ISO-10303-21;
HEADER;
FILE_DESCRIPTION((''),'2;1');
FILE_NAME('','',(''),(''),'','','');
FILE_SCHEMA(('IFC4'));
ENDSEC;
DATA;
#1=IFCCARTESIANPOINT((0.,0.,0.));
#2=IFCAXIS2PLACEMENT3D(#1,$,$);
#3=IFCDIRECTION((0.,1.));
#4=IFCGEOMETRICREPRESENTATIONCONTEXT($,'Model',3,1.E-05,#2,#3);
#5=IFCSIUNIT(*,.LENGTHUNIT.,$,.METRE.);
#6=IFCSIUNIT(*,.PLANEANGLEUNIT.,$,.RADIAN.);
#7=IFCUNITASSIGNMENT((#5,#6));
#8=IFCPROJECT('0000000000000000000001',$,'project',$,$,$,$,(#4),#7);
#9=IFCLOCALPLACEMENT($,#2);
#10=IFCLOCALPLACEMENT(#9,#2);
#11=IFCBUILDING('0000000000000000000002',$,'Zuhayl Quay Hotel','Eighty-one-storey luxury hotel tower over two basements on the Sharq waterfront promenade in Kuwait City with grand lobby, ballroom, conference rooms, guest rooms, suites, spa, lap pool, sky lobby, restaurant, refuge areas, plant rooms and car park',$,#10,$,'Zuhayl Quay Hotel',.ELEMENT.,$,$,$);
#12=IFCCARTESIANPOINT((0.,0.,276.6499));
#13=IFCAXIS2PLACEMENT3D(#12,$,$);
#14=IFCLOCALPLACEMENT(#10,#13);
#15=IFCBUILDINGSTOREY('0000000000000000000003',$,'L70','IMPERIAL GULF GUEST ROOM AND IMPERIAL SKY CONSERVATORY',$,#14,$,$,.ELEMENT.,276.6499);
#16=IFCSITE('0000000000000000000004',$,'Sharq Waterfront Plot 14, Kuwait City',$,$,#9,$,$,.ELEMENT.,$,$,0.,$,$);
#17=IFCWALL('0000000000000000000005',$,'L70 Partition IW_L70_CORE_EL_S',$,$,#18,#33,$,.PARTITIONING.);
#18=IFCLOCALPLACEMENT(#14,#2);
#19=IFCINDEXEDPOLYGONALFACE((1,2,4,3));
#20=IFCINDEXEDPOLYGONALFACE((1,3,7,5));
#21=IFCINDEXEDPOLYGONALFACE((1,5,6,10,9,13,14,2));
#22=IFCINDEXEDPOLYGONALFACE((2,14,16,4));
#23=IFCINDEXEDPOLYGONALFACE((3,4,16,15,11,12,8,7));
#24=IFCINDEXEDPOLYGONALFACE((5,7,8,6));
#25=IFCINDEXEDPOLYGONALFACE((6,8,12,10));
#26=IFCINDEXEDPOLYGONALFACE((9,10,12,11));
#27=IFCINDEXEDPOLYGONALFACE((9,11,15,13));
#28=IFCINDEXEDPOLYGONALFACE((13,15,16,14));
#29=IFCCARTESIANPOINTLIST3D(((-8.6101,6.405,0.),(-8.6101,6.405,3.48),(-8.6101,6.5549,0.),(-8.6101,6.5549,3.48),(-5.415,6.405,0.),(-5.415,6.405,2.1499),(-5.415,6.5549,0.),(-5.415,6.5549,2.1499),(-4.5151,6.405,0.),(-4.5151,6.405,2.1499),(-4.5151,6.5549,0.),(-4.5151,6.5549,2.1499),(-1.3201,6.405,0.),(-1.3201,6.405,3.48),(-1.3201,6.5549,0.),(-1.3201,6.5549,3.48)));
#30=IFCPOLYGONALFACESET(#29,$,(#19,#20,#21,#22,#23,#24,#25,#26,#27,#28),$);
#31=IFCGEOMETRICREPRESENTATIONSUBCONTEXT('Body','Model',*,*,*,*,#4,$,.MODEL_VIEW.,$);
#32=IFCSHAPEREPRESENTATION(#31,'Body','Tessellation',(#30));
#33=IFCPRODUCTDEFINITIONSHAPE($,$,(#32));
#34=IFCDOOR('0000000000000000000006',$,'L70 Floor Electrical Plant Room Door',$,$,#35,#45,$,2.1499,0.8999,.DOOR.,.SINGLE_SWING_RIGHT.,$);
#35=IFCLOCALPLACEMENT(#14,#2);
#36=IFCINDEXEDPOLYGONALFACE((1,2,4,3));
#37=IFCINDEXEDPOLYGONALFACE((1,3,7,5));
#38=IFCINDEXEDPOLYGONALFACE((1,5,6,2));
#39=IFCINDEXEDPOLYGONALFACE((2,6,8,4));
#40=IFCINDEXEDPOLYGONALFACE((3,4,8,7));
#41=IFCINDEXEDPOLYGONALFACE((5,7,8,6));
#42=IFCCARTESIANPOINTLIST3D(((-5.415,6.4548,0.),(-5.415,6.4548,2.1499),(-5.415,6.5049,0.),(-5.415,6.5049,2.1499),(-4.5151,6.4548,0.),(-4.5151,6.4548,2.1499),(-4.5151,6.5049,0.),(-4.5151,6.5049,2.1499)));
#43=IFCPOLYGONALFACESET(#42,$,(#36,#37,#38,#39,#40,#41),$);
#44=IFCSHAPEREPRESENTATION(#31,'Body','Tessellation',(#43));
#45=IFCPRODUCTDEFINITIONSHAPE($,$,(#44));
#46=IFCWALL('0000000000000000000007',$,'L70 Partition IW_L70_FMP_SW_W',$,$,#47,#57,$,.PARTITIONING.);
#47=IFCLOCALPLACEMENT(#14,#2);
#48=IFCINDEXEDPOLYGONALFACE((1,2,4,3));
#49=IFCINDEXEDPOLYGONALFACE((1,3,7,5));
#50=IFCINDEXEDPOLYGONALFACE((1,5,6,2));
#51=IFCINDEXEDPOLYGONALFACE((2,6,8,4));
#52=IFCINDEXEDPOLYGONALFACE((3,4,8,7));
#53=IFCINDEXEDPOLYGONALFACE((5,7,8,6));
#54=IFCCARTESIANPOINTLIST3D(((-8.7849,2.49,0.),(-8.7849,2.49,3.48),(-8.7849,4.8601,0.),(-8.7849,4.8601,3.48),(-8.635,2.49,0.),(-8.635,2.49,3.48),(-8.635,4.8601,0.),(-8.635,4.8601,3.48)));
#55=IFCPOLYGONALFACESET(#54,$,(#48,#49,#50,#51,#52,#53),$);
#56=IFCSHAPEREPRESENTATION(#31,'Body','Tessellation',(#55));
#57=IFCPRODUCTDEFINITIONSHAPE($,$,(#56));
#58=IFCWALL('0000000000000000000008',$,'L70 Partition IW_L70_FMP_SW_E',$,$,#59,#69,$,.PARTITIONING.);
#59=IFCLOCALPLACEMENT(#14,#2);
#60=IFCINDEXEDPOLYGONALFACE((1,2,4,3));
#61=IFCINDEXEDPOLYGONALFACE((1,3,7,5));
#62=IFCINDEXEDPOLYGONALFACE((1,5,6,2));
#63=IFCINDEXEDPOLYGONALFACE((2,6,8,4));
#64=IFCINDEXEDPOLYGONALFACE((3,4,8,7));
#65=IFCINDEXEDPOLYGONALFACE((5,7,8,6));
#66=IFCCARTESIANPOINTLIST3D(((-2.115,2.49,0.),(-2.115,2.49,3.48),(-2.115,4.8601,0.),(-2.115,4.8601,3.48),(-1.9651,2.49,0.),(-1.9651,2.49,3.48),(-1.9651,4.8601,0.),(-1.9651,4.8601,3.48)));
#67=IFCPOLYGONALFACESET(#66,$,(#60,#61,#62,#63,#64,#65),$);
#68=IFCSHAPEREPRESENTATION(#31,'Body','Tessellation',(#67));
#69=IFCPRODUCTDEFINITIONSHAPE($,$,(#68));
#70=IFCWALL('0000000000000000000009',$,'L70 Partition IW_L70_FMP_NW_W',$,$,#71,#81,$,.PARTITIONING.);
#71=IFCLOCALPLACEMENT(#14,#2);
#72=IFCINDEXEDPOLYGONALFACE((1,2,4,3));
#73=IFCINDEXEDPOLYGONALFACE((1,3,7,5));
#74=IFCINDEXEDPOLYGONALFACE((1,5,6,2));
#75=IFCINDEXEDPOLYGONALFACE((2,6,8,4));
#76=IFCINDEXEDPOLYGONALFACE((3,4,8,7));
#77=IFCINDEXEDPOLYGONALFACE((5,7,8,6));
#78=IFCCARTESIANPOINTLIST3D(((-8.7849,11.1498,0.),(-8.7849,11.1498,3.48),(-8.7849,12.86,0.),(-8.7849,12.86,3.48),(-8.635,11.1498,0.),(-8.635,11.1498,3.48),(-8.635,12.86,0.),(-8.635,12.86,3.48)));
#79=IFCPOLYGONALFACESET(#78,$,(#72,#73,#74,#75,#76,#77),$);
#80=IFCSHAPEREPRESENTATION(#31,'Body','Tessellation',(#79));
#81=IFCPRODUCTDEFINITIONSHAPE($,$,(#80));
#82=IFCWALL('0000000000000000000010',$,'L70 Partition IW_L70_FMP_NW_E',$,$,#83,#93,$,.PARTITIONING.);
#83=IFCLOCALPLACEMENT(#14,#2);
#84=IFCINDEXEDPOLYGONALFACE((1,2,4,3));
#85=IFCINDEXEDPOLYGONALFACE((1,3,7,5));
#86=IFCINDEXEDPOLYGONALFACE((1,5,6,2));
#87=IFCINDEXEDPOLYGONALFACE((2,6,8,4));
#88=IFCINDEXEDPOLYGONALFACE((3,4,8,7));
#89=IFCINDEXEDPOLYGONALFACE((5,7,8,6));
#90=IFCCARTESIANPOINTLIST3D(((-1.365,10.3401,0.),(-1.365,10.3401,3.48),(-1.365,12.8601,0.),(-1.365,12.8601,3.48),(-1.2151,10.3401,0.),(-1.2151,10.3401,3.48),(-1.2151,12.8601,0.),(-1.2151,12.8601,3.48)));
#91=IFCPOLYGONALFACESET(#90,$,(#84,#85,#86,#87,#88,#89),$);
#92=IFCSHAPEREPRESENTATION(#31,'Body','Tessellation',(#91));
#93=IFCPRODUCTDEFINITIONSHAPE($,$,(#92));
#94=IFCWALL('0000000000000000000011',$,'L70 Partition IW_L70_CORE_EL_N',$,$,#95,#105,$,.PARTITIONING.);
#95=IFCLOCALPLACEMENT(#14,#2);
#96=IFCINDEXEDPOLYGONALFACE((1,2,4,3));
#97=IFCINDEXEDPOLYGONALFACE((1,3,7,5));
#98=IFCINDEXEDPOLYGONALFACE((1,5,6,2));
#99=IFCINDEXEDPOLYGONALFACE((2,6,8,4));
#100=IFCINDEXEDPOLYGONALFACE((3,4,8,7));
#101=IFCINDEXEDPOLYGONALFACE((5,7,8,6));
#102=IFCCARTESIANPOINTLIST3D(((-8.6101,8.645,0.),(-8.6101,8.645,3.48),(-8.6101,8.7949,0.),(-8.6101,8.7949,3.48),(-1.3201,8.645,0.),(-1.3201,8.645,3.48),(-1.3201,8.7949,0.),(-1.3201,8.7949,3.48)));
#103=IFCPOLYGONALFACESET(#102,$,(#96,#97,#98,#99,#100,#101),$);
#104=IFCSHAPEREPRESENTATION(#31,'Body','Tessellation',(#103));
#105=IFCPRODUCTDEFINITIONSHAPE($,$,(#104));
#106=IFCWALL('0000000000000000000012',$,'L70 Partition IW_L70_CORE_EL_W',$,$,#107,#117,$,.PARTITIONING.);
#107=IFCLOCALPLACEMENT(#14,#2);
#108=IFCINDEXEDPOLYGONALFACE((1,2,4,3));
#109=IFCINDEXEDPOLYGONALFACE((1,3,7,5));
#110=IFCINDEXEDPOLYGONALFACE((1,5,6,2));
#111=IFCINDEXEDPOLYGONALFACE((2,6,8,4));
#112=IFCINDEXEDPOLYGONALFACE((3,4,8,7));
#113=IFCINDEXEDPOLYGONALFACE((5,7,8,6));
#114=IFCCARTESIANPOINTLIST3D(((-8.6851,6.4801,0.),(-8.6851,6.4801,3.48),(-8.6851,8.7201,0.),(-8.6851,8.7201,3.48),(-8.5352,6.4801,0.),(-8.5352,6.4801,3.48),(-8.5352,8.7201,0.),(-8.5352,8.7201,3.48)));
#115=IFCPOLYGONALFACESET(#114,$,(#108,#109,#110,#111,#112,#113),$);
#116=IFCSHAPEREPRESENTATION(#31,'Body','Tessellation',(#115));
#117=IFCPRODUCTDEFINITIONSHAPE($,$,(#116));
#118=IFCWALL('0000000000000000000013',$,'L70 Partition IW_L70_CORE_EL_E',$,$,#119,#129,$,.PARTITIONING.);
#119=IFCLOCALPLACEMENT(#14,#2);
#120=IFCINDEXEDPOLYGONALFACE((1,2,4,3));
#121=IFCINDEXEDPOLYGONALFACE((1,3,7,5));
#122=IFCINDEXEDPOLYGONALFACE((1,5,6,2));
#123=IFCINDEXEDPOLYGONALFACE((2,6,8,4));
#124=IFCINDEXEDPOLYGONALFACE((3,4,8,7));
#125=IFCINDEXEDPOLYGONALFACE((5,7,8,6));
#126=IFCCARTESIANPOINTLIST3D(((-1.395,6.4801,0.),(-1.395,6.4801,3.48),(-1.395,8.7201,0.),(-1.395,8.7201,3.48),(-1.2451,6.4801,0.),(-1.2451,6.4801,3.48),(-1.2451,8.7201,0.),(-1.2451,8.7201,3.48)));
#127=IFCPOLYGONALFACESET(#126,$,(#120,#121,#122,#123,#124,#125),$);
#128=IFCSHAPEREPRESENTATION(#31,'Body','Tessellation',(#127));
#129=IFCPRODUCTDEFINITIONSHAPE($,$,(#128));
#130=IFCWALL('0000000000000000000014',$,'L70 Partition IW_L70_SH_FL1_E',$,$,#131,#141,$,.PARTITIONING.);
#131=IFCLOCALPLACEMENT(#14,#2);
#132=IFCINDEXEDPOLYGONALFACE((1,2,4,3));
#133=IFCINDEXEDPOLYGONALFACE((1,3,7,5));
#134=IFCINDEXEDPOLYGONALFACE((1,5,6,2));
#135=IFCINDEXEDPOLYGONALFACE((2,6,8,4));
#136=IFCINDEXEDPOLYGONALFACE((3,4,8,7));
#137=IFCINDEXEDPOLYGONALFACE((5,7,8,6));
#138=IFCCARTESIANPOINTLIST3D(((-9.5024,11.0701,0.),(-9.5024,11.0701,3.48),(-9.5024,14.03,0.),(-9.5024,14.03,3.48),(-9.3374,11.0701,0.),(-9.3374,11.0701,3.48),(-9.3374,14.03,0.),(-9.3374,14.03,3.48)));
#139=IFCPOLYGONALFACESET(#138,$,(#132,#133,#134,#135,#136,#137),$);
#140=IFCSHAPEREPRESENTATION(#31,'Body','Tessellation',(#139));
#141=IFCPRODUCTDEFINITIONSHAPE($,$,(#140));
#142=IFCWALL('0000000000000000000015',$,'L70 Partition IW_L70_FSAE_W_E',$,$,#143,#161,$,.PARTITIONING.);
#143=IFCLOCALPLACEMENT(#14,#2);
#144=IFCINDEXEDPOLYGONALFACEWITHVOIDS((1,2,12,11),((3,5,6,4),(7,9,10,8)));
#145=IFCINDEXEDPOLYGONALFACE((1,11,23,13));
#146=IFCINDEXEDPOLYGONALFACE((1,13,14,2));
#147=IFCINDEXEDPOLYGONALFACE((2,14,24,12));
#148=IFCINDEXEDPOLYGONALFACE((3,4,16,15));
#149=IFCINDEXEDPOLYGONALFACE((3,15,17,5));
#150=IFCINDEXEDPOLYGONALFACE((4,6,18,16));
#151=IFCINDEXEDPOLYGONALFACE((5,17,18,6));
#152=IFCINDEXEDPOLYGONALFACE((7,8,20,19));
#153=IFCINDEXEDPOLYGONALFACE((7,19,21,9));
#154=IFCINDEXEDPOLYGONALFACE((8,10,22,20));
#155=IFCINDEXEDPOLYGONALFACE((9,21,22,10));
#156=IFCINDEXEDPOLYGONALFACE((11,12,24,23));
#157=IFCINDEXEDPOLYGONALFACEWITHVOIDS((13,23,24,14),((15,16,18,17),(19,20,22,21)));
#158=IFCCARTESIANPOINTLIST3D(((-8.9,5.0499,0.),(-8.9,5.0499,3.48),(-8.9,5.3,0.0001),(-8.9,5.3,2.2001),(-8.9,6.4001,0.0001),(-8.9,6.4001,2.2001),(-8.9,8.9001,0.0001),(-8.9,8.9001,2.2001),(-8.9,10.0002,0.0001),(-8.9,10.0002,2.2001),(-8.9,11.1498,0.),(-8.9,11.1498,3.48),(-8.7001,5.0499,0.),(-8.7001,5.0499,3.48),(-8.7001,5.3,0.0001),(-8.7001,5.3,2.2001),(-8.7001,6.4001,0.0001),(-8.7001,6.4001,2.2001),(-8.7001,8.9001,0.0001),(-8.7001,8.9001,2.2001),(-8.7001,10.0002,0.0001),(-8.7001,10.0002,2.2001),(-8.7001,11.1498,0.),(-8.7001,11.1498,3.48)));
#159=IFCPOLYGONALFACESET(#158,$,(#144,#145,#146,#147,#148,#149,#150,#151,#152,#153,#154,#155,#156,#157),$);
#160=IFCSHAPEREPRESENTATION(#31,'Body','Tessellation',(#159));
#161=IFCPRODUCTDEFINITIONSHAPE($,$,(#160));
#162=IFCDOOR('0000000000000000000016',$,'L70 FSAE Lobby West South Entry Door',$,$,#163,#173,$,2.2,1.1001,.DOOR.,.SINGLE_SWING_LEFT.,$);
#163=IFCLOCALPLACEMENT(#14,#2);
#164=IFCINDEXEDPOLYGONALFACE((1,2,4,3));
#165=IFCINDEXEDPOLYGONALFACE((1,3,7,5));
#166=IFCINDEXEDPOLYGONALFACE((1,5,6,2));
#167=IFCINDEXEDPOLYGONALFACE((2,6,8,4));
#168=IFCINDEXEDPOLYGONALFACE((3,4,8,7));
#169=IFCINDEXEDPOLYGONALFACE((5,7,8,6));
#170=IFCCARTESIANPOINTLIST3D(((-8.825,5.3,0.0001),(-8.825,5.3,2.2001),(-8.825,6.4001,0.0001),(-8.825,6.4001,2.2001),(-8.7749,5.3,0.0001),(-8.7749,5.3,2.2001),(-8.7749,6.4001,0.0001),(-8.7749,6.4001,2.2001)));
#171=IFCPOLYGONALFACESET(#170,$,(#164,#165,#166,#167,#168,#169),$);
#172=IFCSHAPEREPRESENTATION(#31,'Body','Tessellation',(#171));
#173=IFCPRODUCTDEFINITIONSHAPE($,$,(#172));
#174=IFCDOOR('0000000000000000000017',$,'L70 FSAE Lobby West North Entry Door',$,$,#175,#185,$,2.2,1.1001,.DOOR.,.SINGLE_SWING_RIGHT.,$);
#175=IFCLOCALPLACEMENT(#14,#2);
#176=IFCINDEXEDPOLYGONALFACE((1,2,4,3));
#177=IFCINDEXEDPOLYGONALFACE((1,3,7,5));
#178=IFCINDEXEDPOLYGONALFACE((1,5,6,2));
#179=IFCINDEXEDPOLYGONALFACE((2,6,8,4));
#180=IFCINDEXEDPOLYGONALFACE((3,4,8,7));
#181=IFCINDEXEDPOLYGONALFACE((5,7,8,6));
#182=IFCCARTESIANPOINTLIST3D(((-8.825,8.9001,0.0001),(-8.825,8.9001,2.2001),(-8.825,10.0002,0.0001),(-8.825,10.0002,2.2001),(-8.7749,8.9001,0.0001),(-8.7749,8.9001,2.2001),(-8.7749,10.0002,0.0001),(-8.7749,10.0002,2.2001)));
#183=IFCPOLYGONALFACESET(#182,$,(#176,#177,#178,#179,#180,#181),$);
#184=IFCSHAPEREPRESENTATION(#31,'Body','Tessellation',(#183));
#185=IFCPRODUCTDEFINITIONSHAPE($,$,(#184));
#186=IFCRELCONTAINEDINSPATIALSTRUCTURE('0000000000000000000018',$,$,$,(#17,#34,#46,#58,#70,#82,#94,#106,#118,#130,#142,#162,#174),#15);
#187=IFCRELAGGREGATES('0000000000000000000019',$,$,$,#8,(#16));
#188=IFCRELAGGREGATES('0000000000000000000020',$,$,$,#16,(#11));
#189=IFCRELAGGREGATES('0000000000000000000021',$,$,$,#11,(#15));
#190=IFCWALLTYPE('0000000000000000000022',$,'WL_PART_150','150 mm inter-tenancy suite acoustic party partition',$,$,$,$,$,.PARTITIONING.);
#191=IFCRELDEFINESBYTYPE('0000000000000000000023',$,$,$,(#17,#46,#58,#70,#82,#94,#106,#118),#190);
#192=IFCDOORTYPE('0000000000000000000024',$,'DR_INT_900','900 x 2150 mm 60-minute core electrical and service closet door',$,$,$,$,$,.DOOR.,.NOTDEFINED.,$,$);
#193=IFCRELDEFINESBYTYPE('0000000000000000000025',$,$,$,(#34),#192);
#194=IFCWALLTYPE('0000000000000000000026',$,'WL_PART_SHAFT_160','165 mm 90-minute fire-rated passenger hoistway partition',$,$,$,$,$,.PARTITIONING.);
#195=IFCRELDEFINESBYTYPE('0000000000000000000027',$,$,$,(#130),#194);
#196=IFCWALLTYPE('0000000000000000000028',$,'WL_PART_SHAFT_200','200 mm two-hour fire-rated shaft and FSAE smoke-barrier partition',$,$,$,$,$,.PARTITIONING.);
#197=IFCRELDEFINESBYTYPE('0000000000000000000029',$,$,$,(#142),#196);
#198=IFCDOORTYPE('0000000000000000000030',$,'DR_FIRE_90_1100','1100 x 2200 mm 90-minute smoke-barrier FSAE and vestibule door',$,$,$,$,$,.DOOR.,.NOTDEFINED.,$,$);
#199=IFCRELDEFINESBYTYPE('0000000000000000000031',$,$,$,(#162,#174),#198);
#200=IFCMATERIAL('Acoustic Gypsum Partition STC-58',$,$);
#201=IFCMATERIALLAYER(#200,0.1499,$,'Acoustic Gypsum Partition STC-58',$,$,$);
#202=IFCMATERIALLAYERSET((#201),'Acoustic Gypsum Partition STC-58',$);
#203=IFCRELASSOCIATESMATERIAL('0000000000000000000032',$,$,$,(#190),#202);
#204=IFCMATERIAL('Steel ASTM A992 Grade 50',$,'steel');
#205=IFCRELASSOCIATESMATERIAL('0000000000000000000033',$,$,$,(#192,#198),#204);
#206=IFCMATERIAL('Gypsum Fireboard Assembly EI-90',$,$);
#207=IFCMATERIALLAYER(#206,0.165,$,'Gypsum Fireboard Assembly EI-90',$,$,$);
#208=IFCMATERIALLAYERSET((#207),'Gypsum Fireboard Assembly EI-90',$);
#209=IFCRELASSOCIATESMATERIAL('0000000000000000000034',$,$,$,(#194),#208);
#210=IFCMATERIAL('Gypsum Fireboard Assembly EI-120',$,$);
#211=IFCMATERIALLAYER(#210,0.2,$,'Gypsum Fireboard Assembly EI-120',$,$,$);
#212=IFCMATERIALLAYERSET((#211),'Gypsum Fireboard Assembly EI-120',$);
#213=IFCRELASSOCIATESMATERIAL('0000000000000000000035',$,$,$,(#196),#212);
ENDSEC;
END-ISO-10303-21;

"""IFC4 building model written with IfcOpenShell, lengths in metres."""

from ifc_helpers import new_model, si_unit, direction, frame, frame_2d, origin, place, context, subcontext, project, spatial, rectangle, extrude, material, layer, layer_set, type_object, element, fill, save


model = new_model("IFC4")

# Units and contexts
model_context = context("Model", 3, precision=1e-05, world=origin(), true_north=direction((0.0, 1.0)))
body_context = subcontext(model_context, "Body", "Model", "MODEL_VIEW")
ifc_project = project(units=[si_unit("LENGTHUNIT", "METRE"), si_unit("PLANEANGLEUNIT", "RADIAN")], contexts=[model_context])

# Site, building, storey
site_placement = place(None, origin())
site = spatial("IfcSite", under=ifc_project, at=site_placement, Name="Sharq Waterfront Plot 14, Kuwait City", CompositionType="ELEMENT", RefElevation=0.0)
building_placement = place(site_placement, origin())
building = spatial("IfcBuilding", under=site, at=building_placement, Name="Zuhayl Quay Hotel", Description="Eighty-one-storey luxury hotel tower over two basements on the Sharq waterfront promenade in Kuwait City with grand lobby, ballroom, conference rooms, guest rooms, suites, spa, lap pool, sky lobby, restaurant, refuge areas, plant rooms and car park", LongName="Zuhayl Quay Hotel", CompositionType="ELEMENT")
storey_placement = place(building_placement, frame((0.0, 0.0, 276.6499)))
storey = spatial("IfcBuildingStorey", under=building, at=storey_placement, Name="L70", Description="IMPERIAL GULF GUEST ROOM AND IMPERIAL SKY CONSERVATORY", CompositionType="ELEMENT", Elevation=276.6499)

# Wall, opening, door
ifc_material_1 = material(Name="Acoustic Gypsum Partition STC-58")
ifc_layer_1 = layer(ifc_material_1, 0.1499, Name="Acoustic Gypsum Partition STC-58")
ifc_layer_set_1 = layer_set([ifc_layer_1], Name="Acoustic Gypsum Partition STC-58")
wall_type_1 = type_object("IfcWallType", Name="WL_PART_150", Description="150 mm inter-tenancy suite acoustic party partition", PredefinedType="PARTITIONING", material=ifc_layer_set_1)
ifc_material_2 = material(Name="Steel ASTM A992 Grade 50", Category="steel")
door_type_1 = type_object("IfcDoorType", Name="DR_INT_900", Description="900 x 2150 mm 60-minute core electrical and service closet door", OperationType="NOTDEFINED", PredefinedType="DOOR", material=ifc_material_2)
wall_1_placement = place(storey_placement, frame((-8.6101, 6.48, 0.0), z_axis=(0.0, 0.0, 1.0), x_axis=(1.0, 0.0, 0.0)))
wall_1 = element("IfcWall", 1, at=wall_1_placement, inside=storey, type_object=wall_type_1, Name="L70 Partition IW_L70_CORE_EL_S", PredefinedType="PARTITIONING", context=body_context, shape_type="SweptSolid", body=[
    extrude(rectangle(XDim=7.29, YDim=0.1499, at=frame_2d((3.645, 0.0))), origin(), (0.0, 0.0, 1.0), 3.48),
])
opening_1_placement = place(wall_1_placement, frame((3.1951, 0.0, 0.0)))
opening_1 = element("IfcOpeningElement", 2, at=opening_1_placement, cuts=wall_1, PredefinedType="OPENING", context=body_context, shape_type="SweptSolid", body=[
    extrude(rectangle(XDim=0.8999, YDim=2.1499, at=frame_2d((0.45, 1.075))), frame((0.0, 0.085, 0.0), z_axis=(0.0, -1.0, 0.0), x_axis=(1.0, 0.0, 0.0)), (0.0, 0.0, 1.0), 0.1699),
])
door_1_placement = place(opening_1_placement, origin())
door_1 = element("IfcDoor", 3, at=door_1_placement, inside=storey, type_object=door_type_1, Name="L70 Floor Electrical Plant Room Door", OperationType="SINGLE_SWING_RIGHT", OverallHeight=2.1499, OverallWidth=0.8999, PredefinedType="DOOR", context=body_context, shape_type="SweptSolid", body=[
    extrude(rectangle(XDim=0.8999, YDim=2.1499, at=frame_2d((0.45, 1.075))), frame((0.0, 0.0249, 0.0), z_axis=(0.0, -1.0, 0.0), x_axis=(1.0, 0.0, 0.0)), (0.0, 0.0, 1.0), 0.05),
])
fill(opening_1, door_1)

# Walls
for number, where, z_axis, x_axis, name in (
    (4, (-8.71, 2.49, 0.0), (0.0, 0.0, 1.0), (0.0, 1.0, 0.0), "L70 Partition IW_L70_FMP_SW_W"),
    (5, (-2.04, 2.49, 0.0), (0.0, 0.0, 1.0), (0.0, 1.0, 0.0), "L70 Partition IW_L70_FMP_SW_E"),
):
    element("IfcWall", number, at=place(storey_placement, frame(where, z_axis=z_axis, x_axis=x_axis)), inside=storey, type_object=wall_type_1, Name=name, PredefinedType="PARTITIONING", context=body_context, shape_type="SweptSolid", body=[
        extrude(rectangle(XDim=2.3701, YDim=0.1499, at=frame_2d((1.1851, 0.0))), origin(), (0.0, 0.0, 1.0), 3.48),
    ])
wall_2_placement = place(storey_placement, frame((-8.71, 11.1499, 0.0), z_axis=(0.0, 0.0, 1.0), x_axis=(0.0, 1.0, 0.0)))
element("IfcWall", 6, at=wall_2_placement, inside=storey, type_object=wall_type_1, Name="L70 Partition IW_L70_FMP_NW_W", PredefinedType="PARTITIONING", context=body_context, shape_type="SweptSolid", body=[
    extrude(rectangle(XDim=1.7102, YDim=0.1499, at=frame_2d((0.855, 0.0))), origin(), (0.0, 0.0, 1.0), 3.48),
])
wall_3_placement = place(storey_placement, frame((-1.29, 10.3401, 0.0), z_axis=(0.0, 0.0, 1.0), x_axis=(0.0, 1.0, 0.0)))
element("IfcWall", 7, at=wall_3_placement, inside=storey, type_object=wall_type_1, Name="L70 Partition IW_L70_FMP_NW_E", PredefinedType="PARTITIONING", context=body_context, shape_type="SweptSolid", body=[
    extrude(rectangle(XDim=2.52, YDim=0.1499, at=frame_2d((1.26, 0.0))), origin(), (0.0, 0.0, 1.0), 3.48),
])
wall_4_placement = place(storey_placement, frame((-8.6101, 8.72, 0.0), z_axis=(0.0, 0.0, 1.0), x_axis=(1.0, 0.0, 0.0)))
element("IfcWall", 8, at=wall_4_placement, inside=storey, type_object=wall_type_1, Name="L70 Partition IW_L70_CORE_EL_N", PredefinedType="PARTITIONING", context=body_context, shape_type="SweptSolid", body=[
    extrude(rectangle(XDim=7.29, YDim=0.1499, at=frame_2d((3.645, 0.0))), origin(), (0.0, 0.0, 1.0), 3.48),
])
for number, where, z_axis, x_axis, name in (
    (9, (-8.6101, 6.48, 0.0), (0.0, 0.0, 1.0), (0.0, 1.0, 0.0), "L70 Partition IW_L70_CORE_EL_W"),
    (10, (-1.3201, 6.48, 0.0), (0.0, 0.0, 1.0), (0.0, 1.0, 0.0), "L70 Partition IW_L70_CORE_EL_E"),
):
    element("IfcWall", number, at=place(storey_placement, frame(where, z_axis=z_axis, x_axis=x_axis)), inside=storey, type_object=wall_type_1, Name=name, PredefinedType="PARTITIONING", context=body_context, shape_type="SweptSolid", body=[
        extrude(rectangle(XDim=2.24, YDim=0.1499, at=frame_2d((1.1201, 0.0))), origin(), (0.0, 0.0, 1.0), 3.48),
    ])
ifc_material_3 = material(Name="Gypsum Fireboard Assembly EI-90")
ifc_layer_2 = layer(ifc_material_3, 0.165, Name="Gypsum Fireboard Assembly EI-90")
ifc_layer_set_2 = layer_set([ifc_layer_2], Name="Gypsum Fireboard Assembly EI-90")
wall_type_2 = type_object("IfcWallType", Name="WL_PART_SHAFT_160", Description="165 mm 90-minute fire-rated passenger hoistway partition", PredefinedType="PARTITIONING", material=ifc_layer_set_2)
wall_5_placement = place(storey_placement, frame((-9.4199, 11.0701, 0.0), z_axis=(0.0, 0.0, 1.0), x_axis=(0.0, 1.0, 0.0)))
element("IfcWall", 11, at=wall_5_placement, inside=storey, type_object=wall_type_2, Name="L70 Partition IW_L70_SH_FL1_E", PredefinedType="PARTITIONING", context=body_context, shape_type="SweptSolid", body=[
    extrude(rectangle(XDim=2.96, YDim=0.165, at=frame_2d((1.48, 0.0))), origin(), (0.0, 0.0, 1.0), 3.48),
])

# Wall, openings, doors
ifc_material_4 = material(Name="Gypsum Fireboard Assembly EI-120")
ifc_layer_3 = layer(ifc_material_4, 0.2, Name="Gypsum Fireboard Assembly EI-120")
ifc_layer_set_3 = layer_set([ifc_layer_3], Name="Gypsum Fireboard Assembly EI-120")
wall_type_3 = type_object("IfcWallType", Name="WL_PART_SHAFT_200", Description="200 mm two-hour fire-rated shaft and FSAE smoke-barrier partition", PredefinedType="PARTITIONING", material=ifc_layer_set_3)
wall_6_placement = place(storey_placement, frame((-8.8, 5.05, 0.0), z_axis=(0.0, 0.0, 1.0), x_axis=(0.0, 1.0, 0.0)))
wall_6 = element("IfcWall", 12, at=wall_6_placement, inside=storey, type_object=wall_type_3, Name="L70 Partition IW_L70_FSAE_W_E", PredefinedType="PARTITIONING", context=body_context, shape_type="SweptSolid", body=[
    extrude(rectangle(XDim=6.0999, YDim=0.2, at=frame_2d((3.0498, 0.0))), origin(), (0.0, 0.0, 1.0), 3.48),
])
opening_2_placement = place(wall_6_placement, frame((0.25, 0.0, 0.0)))
opening_2 = element("IfcOpeningElement", 13, at=opening_2_placement, cuts=wall_6, PredefinedType="OPENING", context=body_context, shape_type="SweptSolid", body=[
    extrude(rectangle(XDim=1.1001, YDim=2.2, at=frame_2d((0.55, 1.1001))), frame((0.0, 0.1099, 0.0), z_axis=(0.0, -1.0, 0.0), x_axis=(1.0, 0.0, 0.0)), (0.0, 0.0, 1.0), 0.22),
])
opening_3_placement = place(wall_6_placement, frame((3.8501, 0.0, 0.0)))
opening_3 = element("IfcOpeningElement", 14, at=opening_3_placement, cuts=wall_6, PredefinedType="OPENING", context=body_context, shape_type="SweptSolid", body=[
    extrude(rectangle(XDim=1.1001, YDim=2.2, at=frame_2d((0.55, 1.1001))), frame((0.0, 0.1099, 0.0), z_axis=(0.0, -1.0, 0.0), x_axis=(1.0, 0.0, 0.0)), (0.0, 0.0, 1.0), 0.22),
])
door_type_2 = type_object("IfcDoorType", Name="DR_FIRE_90_1100", Description="1100 x 2200 mm 90-minute smoke-barrier FSAE and vestibule door", OperationType="NOTDEFINED", PredefinedType="DOOR", material=ifc_material_2)
door_2_placement = place(opening_2_placement, origin())
door_2 = element("IfcDoor", 15, at=door_2_placement, inside=storey, type_object=door_type_2, Name="L70 FSAE Lobby West South Entry Door", OperationType="SINGLE_SWING_LEFT", OverallHeight=2.2, OverallWidth=1.1001, PredefinedType="DOOR", context=body_context, shape_type="SweptSolid", body=[
    extrude(rectangle(XDim=1.1001, YDim=2.2, at=frame_2d((0.55, 1.1001))), frame((0.0, 0.0249, 0.0), z_axis=(0.0, -1.0, 0.0), x_axis=(1.0, 0.0, 0.0)), (0.0, 0.0, 1.0), 0.05),
])
fill(opening_2, door_2)
door_3_placement = place(opening_3_placement, origin())
door_3 = element("IfcDoor", 16, at=door_3_placement, inside=storey, type_object=door_type_2, Name="L70 FSAE Lobby West North Entry Door", OperationType="SINGLE_SWING_RIGHT", OverallHeight=2.2, OverallWidth=1.1001, PredefinedType="DOOR", context=body_context, shape_type="SweptSolid", body=[
    extrude(rectangle(XDim=1.1001, YDim=2.2, at=frame_2d((0.55, 1.1001))), frame((0.0, 0.0249, 0.0), z_axis=(0.0, -1.0, 0.0), x_axis=(1.0, 0.0, 0.0)), (0.0, 0.0, 1.0), 0.05),
])
fill(opening_3, door_3)

save(model, "model.ifc")
